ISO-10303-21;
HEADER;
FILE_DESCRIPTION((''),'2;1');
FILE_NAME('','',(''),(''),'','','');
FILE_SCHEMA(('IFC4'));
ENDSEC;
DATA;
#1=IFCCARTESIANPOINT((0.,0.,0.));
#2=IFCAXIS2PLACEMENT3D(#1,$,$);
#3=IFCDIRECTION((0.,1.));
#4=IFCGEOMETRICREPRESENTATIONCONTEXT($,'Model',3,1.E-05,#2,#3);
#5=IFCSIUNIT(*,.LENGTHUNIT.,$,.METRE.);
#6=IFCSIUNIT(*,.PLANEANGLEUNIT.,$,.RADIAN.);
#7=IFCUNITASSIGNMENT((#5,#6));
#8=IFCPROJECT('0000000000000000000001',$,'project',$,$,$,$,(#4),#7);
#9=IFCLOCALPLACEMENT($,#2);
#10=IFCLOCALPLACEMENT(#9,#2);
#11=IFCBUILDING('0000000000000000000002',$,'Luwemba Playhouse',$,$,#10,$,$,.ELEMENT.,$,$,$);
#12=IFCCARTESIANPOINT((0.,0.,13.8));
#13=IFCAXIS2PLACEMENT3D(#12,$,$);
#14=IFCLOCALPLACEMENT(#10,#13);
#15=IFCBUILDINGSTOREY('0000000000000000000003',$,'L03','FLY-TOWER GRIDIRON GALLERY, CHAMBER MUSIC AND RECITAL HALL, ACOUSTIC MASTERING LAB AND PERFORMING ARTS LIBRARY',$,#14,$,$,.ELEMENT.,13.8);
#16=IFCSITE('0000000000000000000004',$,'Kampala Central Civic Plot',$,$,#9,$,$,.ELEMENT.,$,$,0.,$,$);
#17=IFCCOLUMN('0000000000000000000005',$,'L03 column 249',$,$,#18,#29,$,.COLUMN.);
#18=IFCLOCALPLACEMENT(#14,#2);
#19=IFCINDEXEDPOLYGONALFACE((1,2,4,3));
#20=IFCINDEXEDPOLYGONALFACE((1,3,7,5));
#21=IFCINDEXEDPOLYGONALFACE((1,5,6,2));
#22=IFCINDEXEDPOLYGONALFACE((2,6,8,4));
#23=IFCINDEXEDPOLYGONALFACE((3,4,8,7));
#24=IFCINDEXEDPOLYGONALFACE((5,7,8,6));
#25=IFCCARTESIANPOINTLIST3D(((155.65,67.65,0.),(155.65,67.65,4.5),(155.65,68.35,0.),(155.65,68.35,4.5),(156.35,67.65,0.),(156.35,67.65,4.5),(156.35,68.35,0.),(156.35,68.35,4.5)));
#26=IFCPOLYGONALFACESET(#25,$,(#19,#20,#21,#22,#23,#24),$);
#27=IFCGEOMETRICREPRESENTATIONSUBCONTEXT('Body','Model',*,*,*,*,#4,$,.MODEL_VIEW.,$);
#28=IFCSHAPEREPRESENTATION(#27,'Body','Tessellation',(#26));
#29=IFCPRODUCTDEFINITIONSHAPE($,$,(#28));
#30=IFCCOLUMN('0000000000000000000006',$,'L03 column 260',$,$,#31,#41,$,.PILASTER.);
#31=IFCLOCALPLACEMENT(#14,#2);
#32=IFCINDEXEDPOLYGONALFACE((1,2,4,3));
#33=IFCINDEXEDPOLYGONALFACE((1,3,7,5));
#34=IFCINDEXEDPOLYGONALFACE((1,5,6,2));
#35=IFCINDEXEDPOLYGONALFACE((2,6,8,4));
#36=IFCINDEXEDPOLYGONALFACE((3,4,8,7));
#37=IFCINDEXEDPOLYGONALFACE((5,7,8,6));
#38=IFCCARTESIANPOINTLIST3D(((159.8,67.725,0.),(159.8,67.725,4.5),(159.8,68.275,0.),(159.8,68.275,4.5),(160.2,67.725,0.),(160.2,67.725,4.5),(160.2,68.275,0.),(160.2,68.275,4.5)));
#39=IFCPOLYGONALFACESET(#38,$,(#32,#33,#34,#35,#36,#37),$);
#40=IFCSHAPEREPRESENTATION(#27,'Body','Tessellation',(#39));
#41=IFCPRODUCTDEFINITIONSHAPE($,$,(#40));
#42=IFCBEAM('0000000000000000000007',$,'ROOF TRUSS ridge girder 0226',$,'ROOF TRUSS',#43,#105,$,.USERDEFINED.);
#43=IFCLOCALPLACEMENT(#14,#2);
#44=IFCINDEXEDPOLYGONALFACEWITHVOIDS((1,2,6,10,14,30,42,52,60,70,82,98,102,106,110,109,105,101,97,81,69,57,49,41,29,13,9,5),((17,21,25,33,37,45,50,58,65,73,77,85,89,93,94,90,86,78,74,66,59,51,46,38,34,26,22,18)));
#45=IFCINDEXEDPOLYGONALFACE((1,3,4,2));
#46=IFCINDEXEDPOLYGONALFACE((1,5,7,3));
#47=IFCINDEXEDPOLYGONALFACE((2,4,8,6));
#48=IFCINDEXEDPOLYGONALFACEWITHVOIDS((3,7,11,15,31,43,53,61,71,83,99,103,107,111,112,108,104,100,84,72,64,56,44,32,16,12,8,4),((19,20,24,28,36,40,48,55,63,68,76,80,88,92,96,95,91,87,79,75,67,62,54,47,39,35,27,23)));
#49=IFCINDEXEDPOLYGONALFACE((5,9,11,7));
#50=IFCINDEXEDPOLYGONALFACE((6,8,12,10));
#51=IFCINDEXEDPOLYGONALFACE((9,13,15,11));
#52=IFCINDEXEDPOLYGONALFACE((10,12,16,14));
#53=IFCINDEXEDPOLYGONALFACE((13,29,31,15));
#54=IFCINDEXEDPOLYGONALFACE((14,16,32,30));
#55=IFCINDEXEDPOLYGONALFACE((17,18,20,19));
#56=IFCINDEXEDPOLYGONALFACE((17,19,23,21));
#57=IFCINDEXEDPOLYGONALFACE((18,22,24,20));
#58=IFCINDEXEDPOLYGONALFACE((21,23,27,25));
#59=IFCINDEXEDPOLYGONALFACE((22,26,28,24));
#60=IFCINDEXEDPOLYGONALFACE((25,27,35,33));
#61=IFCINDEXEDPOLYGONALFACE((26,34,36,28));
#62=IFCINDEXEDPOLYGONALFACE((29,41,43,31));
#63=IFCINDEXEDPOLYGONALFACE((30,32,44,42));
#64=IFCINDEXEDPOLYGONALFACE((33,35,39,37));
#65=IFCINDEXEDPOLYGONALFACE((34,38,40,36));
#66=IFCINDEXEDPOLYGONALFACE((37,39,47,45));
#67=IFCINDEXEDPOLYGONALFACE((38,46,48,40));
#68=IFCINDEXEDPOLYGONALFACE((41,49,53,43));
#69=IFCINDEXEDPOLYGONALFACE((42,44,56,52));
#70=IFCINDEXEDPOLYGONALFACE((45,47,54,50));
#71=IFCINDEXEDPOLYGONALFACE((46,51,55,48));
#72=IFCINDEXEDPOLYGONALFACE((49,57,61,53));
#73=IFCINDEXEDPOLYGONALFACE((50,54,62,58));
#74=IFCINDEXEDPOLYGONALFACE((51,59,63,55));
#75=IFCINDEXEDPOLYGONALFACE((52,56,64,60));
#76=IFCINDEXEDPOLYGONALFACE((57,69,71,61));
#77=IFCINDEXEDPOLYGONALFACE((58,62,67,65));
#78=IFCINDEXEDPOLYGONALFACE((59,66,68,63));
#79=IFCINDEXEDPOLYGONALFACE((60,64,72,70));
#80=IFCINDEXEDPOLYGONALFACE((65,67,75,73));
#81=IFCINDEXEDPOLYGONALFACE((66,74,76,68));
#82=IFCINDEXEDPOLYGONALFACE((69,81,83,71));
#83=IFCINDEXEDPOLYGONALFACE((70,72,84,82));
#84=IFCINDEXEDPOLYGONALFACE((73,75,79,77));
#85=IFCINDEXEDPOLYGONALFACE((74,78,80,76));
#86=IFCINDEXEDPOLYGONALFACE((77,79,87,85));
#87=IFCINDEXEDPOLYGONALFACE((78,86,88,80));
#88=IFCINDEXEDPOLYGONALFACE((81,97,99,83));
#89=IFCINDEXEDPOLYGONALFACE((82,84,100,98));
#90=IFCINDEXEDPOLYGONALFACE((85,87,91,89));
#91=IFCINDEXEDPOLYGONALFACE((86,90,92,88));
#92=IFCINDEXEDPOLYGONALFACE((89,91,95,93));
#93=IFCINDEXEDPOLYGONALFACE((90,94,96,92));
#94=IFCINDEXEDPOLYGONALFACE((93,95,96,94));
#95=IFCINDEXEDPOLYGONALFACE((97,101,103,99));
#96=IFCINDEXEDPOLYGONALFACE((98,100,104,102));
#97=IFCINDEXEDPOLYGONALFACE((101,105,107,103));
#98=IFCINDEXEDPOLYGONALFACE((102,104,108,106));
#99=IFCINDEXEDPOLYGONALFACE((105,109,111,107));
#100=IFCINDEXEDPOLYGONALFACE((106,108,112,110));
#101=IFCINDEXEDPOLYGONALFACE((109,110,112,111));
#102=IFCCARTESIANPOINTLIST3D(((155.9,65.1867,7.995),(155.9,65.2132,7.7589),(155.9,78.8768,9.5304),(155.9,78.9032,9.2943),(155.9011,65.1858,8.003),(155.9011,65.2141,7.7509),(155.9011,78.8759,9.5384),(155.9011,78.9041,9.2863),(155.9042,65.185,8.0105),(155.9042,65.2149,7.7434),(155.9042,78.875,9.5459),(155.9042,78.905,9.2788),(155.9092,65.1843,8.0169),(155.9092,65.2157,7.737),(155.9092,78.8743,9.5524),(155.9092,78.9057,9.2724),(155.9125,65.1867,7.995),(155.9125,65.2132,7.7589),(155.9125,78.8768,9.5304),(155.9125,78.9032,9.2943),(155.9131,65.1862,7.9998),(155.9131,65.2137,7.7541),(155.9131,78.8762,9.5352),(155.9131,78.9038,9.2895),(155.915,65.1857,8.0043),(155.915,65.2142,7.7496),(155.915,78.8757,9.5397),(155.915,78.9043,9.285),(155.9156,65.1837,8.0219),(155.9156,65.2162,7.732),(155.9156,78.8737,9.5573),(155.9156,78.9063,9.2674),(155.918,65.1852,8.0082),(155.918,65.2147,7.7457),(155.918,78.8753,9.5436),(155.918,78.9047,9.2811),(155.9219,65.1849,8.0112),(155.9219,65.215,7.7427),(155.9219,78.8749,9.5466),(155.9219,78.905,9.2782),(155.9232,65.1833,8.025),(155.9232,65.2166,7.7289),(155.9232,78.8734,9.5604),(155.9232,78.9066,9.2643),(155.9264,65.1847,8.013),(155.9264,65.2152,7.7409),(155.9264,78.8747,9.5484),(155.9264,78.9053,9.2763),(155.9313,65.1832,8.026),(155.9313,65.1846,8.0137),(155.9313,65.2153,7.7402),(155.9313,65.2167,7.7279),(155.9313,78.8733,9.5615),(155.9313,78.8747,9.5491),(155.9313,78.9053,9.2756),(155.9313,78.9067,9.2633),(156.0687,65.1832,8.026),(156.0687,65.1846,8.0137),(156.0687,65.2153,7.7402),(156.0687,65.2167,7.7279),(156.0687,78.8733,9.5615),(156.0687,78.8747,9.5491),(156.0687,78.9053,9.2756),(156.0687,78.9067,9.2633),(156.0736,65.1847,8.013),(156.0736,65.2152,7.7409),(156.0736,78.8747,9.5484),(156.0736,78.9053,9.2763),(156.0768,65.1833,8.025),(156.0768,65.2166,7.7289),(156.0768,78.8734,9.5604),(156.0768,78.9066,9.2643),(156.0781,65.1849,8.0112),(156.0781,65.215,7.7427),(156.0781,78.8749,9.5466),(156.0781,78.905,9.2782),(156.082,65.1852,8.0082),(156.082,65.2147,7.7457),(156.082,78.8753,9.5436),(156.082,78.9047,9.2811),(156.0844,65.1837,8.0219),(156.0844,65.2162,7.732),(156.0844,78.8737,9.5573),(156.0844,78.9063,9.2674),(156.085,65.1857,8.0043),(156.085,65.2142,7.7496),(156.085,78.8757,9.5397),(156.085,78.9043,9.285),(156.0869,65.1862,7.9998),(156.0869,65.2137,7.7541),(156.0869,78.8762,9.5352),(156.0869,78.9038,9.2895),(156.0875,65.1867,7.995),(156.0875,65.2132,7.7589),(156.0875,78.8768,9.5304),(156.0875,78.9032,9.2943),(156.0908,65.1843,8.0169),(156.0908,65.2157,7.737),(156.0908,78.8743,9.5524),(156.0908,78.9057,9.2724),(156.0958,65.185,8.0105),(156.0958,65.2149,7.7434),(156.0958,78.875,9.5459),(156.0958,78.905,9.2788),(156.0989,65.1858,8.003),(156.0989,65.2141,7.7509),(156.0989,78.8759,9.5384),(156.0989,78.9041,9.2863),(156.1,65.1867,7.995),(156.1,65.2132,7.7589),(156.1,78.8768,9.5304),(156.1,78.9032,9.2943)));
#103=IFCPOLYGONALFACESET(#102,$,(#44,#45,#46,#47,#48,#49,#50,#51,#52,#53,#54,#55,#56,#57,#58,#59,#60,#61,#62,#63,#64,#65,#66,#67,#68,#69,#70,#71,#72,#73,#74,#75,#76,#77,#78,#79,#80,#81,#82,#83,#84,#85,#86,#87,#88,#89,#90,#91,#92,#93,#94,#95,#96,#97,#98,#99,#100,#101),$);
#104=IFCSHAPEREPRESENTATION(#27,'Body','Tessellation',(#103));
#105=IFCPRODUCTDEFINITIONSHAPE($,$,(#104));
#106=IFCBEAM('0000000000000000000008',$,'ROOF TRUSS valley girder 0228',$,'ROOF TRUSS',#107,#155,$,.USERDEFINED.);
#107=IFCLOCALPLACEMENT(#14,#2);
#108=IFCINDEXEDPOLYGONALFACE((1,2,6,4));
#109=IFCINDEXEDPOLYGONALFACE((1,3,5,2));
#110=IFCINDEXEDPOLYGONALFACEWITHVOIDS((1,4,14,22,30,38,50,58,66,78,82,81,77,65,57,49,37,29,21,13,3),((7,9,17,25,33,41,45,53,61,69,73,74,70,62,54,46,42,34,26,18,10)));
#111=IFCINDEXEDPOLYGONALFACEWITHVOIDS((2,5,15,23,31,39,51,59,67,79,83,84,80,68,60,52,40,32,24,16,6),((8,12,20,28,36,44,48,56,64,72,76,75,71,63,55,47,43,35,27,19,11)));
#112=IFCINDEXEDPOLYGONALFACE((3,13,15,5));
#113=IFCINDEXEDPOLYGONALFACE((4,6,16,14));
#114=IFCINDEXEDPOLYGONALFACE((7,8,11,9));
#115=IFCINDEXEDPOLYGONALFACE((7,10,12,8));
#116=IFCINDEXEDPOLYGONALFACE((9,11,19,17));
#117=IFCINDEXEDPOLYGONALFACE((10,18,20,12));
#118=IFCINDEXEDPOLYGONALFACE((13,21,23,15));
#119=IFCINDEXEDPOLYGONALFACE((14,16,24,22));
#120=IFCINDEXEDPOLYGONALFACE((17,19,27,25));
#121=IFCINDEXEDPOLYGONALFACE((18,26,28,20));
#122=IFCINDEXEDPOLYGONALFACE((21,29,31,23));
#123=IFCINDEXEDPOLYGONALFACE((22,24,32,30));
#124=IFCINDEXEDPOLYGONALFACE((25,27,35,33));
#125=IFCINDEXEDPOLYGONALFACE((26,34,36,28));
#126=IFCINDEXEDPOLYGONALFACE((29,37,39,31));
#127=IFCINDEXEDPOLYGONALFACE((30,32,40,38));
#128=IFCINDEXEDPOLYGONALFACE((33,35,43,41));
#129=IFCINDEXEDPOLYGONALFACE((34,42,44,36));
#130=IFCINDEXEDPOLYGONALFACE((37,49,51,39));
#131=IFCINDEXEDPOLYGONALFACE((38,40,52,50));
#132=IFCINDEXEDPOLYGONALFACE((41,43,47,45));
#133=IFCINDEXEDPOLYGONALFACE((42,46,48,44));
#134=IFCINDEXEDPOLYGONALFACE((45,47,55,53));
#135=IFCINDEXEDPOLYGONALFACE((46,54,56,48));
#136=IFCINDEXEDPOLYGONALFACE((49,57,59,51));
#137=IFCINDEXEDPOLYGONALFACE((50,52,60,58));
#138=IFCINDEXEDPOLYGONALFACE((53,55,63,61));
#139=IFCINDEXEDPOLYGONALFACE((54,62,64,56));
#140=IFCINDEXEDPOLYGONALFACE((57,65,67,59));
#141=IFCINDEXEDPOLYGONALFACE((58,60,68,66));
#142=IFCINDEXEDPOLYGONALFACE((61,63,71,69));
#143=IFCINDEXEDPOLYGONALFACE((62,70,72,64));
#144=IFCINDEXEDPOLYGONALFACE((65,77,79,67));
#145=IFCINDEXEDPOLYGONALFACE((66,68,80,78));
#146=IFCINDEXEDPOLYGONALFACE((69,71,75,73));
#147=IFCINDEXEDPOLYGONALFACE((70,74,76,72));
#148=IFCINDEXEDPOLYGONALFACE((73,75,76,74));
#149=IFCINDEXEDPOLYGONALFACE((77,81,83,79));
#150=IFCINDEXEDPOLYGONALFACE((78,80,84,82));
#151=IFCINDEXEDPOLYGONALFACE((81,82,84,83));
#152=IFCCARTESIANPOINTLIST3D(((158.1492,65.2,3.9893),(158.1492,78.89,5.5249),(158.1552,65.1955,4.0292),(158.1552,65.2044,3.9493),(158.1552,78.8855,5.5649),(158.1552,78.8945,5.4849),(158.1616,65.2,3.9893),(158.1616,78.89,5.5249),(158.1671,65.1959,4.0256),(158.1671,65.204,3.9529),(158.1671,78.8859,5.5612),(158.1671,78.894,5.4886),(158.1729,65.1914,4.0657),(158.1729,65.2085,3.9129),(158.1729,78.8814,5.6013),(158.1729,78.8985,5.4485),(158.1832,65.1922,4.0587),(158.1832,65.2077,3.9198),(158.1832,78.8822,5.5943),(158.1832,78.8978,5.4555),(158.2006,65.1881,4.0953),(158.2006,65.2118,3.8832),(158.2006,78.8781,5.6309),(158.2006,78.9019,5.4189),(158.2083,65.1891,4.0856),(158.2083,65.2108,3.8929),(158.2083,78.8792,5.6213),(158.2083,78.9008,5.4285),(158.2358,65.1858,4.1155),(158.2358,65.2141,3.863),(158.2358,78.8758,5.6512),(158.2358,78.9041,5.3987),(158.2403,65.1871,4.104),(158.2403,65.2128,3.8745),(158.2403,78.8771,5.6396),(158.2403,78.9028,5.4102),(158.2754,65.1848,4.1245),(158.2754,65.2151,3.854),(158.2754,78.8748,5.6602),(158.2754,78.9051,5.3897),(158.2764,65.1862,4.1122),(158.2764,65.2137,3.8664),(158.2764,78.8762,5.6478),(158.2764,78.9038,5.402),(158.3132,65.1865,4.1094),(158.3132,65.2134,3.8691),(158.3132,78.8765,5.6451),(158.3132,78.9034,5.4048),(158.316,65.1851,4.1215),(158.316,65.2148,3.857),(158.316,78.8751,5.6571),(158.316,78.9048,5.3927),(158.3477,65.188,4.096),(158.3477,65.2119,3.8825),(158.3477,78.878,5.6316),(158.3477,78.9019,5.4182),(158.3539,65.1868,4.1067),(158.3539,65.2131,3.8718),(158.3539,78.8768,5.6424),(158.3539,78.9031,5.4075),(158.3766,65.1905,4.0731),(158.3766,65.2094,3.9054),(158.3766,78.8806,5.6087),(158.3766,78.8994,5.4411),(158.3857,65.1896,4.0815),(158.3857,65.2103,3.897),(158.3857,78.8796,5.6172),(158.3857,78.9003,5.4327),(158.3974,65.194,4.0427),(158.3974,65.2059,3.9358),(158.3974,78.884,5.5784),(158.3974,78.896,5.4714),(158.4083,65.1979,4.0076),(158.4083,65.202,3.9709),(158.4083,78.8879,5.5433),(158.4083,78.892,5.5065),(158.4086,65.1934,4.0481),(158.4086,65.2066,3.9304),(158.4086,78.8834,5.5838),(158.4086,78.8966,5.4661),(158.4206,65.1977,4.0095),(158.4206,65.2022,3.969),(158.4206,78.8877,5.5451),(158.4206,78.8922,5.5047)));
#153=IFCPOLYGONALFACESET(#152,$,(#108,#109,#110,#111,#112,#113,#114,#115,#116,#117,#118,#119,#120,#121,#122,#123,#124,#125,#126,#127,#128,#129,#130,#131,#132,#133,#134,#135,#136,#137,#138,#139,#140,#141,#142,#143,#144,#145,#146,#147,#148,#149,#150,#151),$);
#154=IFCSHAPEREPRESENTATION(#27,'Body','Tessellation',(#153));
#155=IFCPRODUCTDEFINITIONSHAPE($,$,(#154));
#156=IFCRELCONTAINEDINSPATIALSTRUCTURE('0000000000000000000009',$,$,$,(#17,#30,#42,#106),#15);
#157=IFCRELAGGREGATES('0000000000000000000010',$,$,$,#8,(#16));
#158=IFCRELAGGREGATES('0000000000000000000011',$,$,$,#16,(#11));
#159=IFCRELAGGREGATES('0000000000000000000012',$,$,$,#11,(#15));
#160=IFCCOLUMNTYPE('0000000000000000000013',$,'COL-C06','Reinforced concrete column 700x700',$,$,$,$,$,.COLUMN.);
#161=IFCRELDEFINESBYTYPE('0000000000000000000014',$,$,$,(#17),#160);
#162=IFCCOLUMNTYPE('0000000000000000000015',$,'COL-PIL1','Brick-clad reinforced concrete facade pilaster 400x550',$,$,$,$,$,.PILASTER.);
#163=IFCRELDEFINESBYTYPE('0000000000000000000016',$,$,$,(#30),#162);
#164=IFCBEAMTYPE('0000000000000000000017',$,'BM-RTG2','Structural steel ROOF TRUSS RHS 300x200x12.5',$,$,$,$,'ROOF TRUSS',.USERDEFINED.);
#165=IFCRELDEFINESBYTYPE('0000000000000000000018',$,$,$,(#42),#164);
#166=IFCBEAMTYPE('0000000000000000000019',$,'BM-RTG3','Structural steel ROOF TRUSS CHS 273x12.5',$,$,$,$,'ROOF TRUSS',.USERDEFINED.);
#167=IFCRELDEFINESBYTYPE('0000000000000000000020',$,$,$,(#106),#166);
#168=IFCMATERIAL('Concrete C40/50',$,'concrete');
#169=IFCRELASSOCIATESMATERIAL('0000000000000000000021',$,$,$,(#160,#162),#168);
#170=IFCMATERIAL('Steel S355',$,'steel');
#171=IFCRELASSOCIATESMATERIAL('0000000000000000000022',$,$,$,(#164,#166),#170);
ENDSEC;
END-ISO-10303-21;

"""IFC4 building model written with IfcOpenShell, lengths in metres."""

from ifc_helpers import new_model, si_unit, direction, frame, origin, origin_2d, place, context, subcontext, project, spatial, rectangle, hollow_rectangle, hollow_circle, extrude, material, material_profile, profile_set, type_object, element, save


model = new_model("IFC4")

# Units and contexts
model_context = context("Model", 3, precision=1e-05, world=origin(), true_north=direction((0.0, 1.0)))
body_context = subcontext(model_context, "Body", "Model", "MODEL_VIEW")
ifc_project = project(units=[si_unit("LENGTHUNIT", "METRE"), si_unit("PLANEANGLEUNIT", "RADIAN")], contexts=[model_context])

# Site, building, storey
site_placement = place(None, origin())
site = spatial("IfcSite", under=ifc_project, at=site_placement, Name="Kampala Central Civic Plot", CompositionType="ELEMENT", RefElevation=0.0)
building_placement = place(site_placement, origin())
building = spatial("IfcBuilding", under=site, at=building_placement, Name="Luwemba Playhouse", CompositionType="ELEMENT")
storey_placement = place(building_placement, frame((0.0, 0.0, 13.8)))
storey = spatial("IfcBuildingStorey", under=building, at=storey_placement, Name="L03", Description="FLY-TOWER GRIDIRON GALLERY, CHAMBER MUSIC AND RECITAL HALL, ACOUSTIC MASTERING LAB AND PERFORMING ARTS LIBRARY", CompositionType="ELEMENT", Elevation=13.8)

# Columns
ifc_material_1 = material(Name="Concrete C40/50", Category="concrete")
ifc_material_profile_1 = material_profile(ifc_material_1, rectangle(XDim=0.7, YDim=0.7, at=origin_2d()))
ifc_profile_set_1 = profile_set([ifc_material_profile_1], Name="Concrete C40/50")
column_type_1 = type_object("IfcColumnType", Name="COL-C06", Description="Reinforced concrete column 700x700", PredefinedType="COLUMN", material=ifc_profile_set_1)
column_1_placement = place(storey_placement, frame((156.0, 68.0, 0.0), z_axis=(0.0, 0.0, 1.0), x_axis=(1.0, 0.0, 0.0)))
element("IfcColumn", 1, at=column_1_placement, inside=storey, type_object=column_type_1, Name="L03 column 249", PredefinedType="COLUMN", context=body_context, shape_type="SweptSolid", body=[
    extrude(rectangle(XDim=0.7, YDim=0.7, at=origin_2d()), origin(), (0.0, 0.0, 1.0), 4.5),
])
ifc_material_profile_2 = material_profile(ifc_material_1, rectangle(XDim=0.3999, YDim=0.55, at=origin_2d()))
ifc_profile_set_2 = profile_set([ifc_material_profile_2], Name="Concrete C40/50")
column_type_2 = type_object("IfcColumnType", Name="COL-PIL1", Description="Brick-clad reinforced concrete facade pilaster 400x550", PredefinedType="PILASTER", material=ifc_profile_set_2)
column_2_placement = place(storey_placement, frame((160.0, 68.0, 0.0), z_axis=(0.0, 0.0, 1.0), x_axis=(1.0, 0.0, 0.0)))
element("IfcColumn", 2, at=column_2_placement, inside=storey, type_object=column_type_2, Name="L03 column 260", PredefinedType="PILASTER", context=body_context, shape_type="SweptSolid", body=[
    extrude(rectangle(XDim=0.3999, YDim=0.55, at=origin_2d()), origin(), (0.0, 0.0, 1.0), 4.5),
])

# Beams
ifc_material_2 = material(Name="Steel S355", Category="steel")
ifc_material_profile_3 = material_profile(ifc_material_2, hollow_rectangle(XDim=0.2, YDim=0.3, WallThickness=0.0125, InnerFilletRadius=0.0188, OuterFilletRadius=0.0312, at=origin_2d()))
ifc_profile_set_3 = profile_set([ifc_material_profile_3], Name="Steel S355")
beam_type_1 = type_object("IfcBeamType", Name="BM-RTG2", Description="Structural steel ROOF TRUSS RHS 300x200x12.5", ElementType="ROOF TRUSS", PredefinedType="USERDEFINED", material=ifc_profile_set_3)
beam_1_placement = place(storey_placement, frame((156.0, 65.2, 7.877), z_axis=(0.0, 0.993769, 0.111457), x_axis=(-1.0, 0.0, 0.0)))
element("IfcBeam", 3, at=beam_1_placement, inside=storey, type_object=beam_type_1, Name="ROOF TRUSS ridge girder 0226", ObjectType="ROOF TRUSS", PredefinedType="USERDEFINED", context=body_context, shape_type="SweptSolid", body=[
    extrude(hollow_rectangle(XDim=0.2, YDim=0.3, WallThickness=0.0125, InnerFilletRadius=0.0188, OuterFilletRadius=0.0312, at=origin_2d()), origin(), (0.0, 0.0, 1.0), 13.7759),
])
ifc_material_profile_4 = material_profile(ifc_material_2, hollow_circle(Radius=0.1365, WallThickness=0.0125, at=origin_2d()))
ifc_profile_set_4 = profile_set([ifc_material_profile_4], Name="Steel S355")
beam_type_2 = type_object("IfcBeamType", Name="BM-RTG3", Description="Structural steel ROOF TRUSS CHS 273x12.5", ElementType="ROOF TRUSS", PredefinedType="USERDEFINED", material=ifc_profile_set_4)
beam_2_placement = place(storey_placement, frame((158.2856, 65.2, 3.9893), z_axis=(0.0, 0.993767, 0.111474), x_axis=(-1.0, 0.0, 0.0)))
element("IfcBeam", 4, at=beam_2_placement, inside=storey, type_object=beam_type_2, Name="ROOF TRUSS valley girder 0228", ObjectType="ROOF TRUSS", PredefinedType="USERDEFINED", context=body_context, shape_type="SweptSolid", body=[
    extrude(hollow_circle(Radius=0.1365, WallThickness=0.0125, at=origin_2d()), origin(), (0.0, 0.0, 1.0), 13.7759),
])

save(model, "model.ifc")
